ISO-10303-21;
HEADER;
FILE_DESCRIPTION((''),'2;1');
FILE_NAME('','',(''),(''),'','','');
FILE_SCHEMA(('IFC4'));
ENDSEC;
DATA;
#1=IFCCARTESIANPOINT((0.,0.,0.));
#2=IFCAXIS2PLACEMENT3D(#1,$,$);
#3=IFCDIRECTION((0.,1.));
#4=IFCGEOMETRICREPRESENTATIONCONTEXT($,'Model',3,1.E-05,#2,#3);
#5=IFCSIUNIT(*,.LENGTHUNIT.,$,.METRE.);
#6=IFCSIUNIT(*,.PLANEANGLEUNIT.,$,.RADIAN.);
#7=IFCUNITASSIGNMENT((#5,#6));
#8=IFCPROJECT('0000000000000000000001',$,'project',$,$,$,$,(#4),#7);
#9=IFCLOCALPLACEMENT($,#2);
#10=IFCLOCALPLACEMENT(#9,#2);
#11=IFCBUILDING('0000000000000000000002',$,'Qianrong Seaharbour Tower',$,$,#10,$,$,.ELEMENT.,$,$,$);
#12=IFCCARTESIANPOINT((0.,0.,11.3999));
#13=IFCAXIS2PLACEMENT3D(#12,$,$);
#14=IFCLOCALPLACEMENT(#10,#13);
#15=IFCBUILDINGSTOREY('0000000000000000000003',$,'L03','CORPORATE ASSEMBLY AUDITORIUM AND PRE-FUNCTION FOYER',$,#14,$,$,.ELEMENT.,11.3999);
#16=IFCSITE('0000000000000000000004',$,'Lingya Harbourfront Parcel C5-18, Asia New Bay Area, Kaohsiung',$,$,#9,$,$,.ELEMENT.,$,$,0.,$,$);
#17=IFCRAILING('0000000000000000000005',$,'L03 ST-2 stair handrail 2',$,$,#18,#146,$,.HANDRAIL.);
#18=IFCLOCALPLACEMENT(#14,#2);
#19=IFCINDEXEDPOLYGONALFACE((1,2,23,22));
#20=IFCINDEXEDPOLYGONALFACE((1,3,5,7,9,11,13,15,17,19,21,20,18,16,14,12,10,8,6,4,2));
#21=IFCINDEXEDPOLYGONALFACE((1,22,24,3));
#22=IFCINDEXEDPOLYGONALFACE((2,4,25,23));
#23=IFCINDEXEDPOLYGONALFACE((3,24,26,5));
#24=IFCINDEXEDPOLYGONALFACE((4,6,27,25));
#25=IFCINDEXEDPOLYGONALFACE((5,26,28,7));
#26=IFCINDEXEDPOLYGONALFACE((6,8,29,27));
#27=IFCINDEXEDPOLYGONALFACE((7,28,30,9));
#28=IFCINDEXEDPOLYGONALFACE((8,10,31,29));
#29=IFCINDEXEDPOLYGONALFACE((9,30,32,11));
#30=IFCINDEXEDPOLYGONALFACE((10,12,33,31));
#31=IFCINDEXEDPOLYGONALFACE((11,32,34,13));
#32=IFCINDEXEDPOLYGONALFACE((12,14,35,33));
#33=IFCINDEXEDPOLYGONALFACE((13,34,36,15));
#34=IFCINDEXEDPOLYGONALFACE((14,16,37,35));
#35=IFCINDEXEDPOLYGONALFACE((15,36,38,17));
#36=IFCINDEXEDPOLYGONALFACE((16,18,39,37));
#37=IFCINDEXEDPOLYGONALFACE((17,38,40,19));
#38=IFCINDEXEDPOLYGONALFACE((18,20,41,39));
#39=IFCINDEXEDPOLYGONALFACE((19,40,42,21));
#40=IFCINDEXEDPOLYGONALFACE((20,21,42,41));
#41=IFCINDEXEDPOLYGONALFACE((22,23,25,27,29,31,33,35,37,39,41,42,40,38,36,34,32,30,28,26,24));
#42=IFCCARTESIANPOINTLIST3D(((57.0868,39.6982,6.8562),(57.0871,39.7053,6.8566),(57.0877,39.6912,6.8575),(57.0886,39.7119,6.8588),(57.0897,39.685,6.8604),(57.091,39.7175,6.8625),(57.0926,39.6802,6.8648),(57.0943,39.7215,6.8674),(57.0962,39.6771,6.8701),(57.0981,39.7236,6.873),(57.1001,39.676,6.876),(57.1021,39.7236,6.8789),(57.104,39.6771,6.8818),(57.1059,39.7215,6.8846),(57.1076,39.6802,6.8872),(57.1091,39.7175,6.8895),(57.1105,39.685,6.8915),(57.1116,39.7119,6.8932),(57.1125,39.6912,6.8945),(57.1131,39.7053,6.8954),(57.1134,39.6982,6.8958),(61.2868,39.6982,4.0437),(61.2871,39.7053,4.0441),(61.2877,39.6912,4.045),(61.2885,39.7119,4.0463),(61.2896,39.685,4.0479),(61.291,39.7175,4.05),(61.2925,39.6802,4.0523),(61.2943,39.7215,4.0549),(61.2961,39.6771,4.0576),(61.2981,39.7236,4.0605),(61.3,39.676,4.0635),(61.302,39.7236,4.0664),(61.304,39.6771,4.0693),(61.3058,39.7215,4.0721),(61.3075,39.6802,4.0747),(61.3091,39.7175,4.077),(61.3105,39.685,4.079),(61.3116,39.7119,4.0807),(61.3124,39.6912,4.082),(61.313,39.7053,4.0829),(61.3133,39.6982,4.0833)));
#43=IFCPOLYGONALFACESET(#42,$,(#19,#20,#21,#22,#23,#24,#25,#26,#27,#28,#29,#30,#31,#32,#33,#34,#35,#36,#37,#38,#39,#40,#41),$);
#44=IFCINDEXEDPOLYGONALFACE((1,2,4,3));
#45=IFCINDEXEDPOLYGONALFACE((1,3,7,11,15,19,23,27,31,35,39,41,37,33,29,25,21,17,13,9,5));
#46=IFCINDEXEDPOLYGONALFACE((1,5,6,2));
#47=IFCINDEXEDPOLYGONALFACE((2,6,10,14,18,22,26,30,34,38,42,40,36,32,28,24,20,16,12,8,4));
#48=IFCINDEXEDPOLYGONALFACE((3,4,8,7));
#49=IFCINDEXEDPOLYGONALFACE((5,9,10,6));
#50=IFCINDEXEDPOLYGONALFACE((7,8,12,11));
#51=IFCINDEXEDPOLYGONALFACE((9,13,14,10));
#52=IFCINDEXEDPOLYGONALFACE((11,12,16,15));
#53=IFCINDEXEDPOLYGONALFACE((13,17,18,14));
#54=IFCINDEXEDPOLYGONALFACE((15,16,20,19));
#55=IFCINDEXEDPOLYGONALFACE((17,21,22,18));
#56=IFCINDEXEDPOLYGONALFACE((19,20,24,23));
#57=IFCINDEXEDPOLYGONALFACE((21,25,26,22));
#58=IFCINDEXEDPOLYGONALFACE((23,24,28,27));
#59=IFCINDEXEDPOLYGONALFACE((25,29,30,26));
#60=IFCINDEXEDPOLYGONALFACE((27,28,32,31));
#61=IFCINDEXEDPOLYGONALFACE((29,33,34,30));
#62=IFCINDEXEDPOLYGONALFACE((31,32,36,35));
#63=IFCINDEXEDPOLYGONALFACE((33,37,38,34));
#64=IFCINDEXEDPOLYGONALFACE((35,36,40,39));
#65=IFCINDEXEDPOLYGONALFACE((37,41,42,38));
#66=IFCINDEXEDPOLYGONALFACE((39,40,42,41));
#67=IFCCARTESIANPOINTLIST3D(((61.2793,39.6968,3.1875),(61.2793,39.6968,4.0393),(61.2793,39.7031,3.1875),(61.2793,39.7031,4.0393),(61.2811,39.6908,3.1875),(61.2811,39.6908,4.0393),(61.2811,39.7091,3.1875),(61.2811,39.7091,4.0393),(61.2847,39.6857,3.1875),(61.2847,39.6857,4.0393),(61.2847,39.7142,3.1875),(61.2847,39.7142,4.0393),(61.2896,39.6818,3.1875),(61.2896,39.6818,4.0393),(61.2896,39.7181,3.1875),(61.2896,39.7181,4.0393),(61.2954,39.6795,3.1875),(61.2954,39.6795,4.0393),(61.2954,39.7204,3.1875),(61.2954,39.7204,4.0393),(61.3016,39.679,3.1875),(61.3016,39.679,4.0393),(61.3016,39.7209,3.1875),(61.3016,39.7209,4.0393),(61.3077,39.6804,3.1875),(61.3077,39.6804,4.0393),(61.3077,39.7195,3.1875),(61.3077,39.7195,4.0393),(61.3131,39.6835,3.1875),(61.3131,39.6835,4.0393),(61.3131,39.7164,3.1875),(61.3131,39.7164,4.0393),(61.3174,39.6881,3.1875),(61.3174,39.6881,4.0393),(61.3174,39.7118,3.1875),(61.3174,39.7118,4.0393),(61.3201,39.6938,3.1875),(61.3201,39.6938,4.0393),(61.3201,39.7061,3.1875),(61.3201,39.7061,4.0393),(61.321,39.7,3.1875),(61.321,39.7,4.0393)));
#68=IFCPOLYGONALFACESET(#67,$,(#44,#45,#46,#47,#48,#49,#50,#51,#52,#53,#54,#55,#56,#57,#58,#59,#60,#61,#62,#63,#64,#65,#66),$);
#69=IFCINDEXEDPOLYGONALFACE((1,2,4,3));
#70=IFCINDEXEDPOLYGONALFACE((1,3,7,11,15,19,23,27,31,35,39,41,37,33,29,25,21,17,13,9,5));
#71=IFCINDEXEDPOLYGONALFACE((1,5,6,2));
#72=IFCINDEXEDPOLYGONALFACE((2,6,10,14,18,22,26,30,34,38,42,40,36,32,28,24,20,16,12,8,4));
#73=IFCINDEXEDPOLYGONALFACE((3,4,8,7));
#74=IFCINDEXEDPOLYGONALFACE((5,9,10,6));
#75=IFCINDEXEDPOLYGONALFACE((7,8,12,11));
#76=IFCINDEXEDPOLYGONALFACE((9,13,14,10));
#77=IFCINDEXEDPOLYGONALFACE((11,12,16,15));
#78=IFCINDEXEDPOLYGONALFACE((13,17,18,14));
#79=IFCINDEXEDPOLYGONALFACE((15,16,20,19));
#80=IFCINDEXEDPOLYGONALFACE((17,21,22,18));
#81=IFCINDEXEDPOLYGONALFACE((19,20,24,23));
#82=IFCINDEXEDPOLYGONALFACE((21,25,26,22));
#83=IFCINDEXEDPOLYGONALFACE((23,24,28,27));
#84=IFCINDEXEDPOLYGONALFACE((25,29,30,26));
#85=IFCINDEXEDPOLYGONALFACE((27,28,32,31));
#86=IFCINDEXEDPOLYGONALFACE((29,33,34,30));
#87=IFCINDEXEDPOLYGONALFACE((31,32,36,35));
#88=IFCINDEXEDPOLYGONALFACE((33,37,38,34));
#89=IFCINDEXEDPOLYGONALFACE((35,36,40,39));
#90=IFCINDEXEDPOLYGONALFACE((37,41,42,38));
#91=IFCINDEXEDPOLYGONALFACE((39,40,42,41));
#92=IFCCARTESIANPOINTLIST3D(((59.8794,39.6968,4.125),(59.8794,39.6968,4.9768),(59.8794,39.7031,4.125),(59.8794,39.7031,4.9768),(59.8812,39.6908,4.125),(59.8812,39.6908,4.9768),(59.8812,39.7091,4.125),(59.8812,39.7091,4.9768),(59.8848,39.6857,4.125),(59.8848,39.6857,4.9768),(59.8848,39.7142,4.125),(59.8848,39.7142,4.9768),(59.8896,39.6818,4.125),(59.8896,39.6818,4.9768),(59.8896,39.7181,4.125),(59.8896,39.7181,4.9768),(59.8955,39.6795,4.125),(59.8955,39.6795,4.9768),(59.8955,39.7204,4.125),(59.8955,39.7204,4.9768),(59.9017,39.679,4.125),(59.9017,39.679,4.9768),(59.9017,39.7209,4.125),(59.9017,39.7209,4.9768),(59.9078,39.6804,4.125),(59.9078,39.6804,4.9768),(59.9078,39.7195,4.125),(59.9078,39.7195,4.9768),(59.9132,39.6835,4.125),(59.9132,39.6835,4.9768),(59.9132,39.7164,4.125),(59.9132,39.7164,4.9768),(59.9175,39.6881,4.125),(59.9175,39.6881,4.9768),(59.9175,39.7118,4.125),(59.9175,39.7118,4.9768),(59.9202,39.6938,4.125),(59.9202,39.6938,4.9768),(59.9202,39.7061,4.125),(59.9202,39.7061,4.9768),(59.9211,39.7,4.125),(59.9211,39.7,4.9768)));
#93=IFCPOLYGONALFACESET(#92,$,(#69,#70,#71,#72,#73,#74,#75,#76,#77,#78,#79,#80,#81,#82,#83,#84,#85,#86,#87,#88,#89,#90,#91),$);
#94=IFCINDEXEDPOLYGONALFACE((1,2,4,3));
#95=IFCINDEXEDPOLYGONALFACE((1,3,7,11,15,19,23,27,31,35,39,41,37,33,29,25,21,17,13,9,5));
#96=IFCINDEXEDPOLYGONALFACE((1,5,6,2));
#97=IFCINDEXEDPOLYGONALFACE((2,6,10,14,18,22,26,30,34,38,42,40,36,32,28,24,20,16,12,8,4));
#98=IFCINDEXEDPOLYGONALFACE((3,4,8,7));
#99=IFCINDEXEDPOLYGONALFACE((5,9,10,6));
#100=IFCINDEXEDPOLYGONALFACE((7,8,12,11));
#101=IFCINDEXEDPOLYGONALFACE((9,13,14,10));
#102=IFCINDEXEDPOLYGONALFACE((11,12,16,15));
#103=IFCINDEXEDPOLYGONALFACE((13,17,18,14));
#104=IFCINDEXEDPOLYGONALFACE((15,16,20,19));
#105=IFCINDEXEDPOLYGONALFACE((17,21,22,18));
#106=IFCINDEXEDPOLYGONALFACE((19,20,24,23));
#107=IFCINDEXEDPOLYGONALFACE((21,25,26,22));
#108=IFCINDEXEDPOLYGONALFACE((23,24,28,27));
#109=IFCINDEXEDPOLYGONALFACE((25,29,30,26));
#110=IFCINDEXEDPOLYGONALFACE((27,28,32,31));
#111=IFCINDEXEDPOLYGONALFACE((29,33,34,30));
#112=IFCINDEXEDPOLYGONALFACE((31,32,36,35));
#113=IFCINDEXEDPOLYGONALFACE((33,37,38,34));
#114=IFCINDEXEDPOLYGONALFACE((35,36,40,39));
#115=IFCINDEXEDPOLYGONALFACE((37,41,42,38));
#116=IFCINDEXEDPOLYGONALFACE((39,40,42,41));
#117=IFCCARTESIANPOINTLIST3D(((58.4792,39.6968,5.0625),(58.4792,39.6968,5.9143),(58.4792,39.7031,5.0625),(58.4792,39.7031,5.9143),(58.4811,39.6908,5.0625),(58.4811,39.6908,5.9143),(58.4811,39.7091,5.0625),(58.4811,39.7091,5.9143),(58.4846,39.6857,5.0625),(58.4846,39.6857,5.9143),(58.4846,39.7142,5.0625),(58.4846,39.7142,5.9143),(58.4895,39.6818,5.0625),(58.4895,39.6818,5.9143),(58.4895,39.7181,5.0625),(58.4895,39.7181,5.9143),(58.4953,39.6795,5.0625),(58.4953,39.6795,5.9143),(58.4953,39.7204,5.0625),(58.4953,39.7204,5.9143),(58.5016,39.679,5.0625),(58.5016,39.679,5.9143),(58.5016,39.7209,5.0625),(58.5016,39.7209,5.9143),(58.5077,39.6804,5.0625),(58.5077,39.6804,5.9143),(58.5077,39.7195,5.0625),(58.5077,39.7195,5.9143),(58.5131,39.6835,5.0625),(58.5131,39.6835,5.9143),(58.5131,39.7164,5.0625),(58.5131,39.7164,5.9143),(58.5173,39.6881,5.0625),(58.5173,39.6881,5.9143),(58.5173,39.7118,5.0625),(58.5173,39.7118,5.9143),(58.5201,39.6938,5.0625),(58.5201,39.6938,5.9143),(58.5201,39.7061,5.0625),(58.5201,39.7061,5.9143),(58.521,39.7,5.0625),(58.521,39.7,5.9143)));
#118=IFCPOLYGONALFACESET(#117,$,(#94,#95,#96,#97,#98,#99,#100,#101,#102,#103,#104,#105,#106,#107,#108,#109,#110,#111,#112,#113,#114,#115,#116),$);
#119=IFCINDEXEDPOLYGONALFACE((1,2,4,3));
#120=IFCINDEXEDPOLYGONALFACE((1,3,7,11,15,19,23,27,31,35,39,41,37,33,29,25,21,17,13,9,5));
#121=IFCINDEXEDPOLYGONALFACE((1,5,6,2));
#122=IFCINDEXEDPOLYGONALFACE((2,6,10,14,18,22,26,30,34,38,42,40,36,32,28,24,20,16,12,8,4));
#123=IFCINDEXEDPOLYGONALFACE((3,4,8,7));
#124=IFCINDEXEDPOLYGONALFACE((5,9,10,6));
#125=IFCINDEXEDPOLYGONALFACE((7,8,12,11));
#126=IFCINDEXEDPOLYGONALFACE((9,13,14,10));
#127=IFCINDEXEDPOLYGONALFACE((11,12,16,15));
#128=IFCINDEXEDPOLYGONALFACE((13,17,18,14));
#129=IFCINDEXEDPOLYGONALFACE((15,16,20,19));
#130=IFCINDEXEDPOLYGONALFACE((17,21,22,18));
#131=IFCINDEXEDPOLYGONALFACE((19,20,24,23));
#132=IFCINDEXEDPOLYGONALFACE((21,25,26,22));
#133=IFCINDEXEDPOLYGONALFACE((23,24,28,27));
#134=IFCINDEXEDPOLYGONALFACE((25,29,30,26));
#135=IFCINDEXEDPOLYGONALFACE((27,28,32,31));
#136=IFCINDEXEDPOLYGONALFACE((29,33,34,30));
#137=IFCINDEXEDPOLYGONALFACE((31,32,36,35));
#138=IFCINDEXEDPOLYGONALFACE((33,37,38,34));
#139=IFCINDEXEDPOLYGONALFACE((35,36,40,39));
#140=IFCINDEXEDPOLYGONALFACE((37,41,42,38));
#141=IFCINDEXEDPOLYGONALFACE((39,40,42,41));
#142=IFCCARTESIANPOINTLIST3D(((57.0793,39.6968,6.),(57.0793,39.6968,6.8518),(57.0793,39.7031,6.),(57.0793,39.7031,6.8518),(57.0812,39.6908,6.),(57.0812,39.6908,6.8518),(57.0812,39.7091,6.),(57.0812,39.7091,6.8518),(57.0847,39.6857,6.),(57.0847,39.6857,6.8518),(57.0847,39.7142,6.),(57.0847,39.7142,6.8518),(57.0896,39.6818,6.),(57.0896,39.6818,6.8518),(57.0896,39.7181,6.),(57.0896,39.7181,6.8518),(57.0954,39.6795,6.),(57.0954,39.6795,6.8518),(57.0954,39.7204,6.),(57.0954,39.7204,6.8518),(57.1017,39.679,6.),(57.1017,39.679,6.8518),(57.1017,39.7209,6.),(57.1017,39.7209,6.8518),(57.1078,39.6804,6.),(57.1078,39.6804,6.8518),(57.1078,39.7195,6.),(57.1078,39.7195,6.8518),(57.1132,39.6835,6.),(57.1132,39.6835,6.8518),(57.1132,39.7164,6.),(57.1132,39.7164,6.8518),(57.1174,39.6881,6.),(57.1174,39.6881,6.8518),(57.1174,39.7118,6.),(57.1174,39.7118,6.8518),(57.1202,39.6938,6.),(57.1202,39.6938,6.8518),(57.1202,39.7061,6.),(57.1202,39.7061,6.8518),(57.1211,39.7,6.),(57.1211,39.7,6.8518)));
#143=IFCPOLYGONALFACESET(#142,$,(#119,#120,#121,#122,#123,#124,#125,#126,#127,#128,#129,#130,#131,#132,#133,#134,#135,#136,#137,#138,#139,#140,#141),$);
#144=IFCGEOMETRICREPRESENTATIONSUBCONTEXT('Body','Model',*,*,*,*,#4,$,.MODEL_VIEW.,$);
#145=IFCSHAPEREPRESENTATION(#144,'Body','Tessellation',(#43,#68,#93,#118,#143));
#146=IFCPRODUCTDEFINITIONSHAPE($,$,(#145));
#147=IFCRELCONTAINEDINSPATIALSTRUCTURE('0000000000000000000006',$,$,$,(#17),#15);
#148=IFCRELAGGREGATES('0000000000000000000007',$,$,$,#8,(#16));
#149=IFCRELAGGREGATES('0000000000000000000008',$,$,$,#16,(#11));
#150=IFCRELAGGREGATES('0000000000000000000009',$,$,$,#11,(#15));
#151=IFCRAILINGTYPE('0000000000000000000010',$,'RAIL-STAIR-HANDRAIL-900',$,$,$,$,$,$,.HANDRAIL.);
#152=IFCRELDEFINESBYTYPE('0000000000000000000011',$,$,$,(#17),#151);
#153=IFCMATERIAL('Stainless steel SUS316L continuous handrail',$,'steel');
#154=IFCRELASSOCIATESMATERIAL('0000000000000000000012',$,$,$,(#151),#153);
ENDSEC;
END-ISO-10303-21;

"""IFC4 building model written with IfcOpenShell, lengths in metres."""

from ifc_helpers import new_model, si_unit, direction, frame, origin, origin_2d, place, context, subcontext, project, spatial, circle, extrude, material, type_object, element, save


model = new_model("IFC4")

# Units and contexts
model_context = context("Model", 3, precision=1e-05, world=origin(), true_north=direction((0.0, 1.0)))
body_context = subcontext(model_context, "Body", "Model", "MODEL_VIEW")
ifc_project = project(units=[si_unit("LENGTHUNIT", "METRE"), si_unit("PLANEANGLEUNIT", "RADIAN")], contexts=[model_context])

# Site, building, storey
site_placement = place(None, origin())
site = spatial("IfcSite", under=ifc_project, at=site_placement, Name="Lingya Harbourfront Parcel C5-18, Asia New Bay Area, Kaohsiung", CompositionType="ELEMENT", RefElevation=0.0)
building_placement = place(site_placement, origin())
building = spatial("IfcBuilding", under=site, at=building_placement, Name="Qianrong Seaharbour Tower", CompositionType="ELEMENT")
storey_placement = place(building_placement, frame((0.0, 0.0, 11.3999)))
storey = spatial("IfcBuildingStorey", under=building, at=storey_placement, Name="L03", Description="CORPORATE ASSEMBLY AUDITORIUM AND PRE-FUNCTION FOYER", CompositionType="ELEMENT", Elevation=11.3999)

# Railing
ifc_material_1 = material(Name="Stainless steel SUS316L continuous handrail", Category="steel")
railing_type_1 = type_object("IfcRailingType", Name="RAIL-STAIR-HANDRAIL-900", PredefinedType="HANDRAIL", material=ifc_material_1)
railing_1_placement = place(storey_placement, frame((61.3, 39.7, 3.1875)))
element("IfcRailing", 1, at=railing_1_placement, inside=storey, type_object=railing_type_1, Name="L03 ST-2 stair handrail 2", PredefinedType="HANDRAIL", context=body_context, shape_type="SweptSolid", body=[
    extrude(circle(Radius=0.0239, at=origin_2d()), frame((0.0, 0.0, 0.876), z_axis=(-0.830904, 0.0, 0.556416), x_axis=(0.0, -1.0, 0.0)), (0.0, 0.0, 1.0), 5.0547),
    extrude(circle(Radius=0.021, at=origin_2d()), origin(), (0.0, 0.0, 1.0), 0.8518),
    extrude(circle(Radius=0.021, at=origin_2d()), frame((-1.3999, 0.0, 0.9375)), (0.0, 0.0, 1.0), 0.8518),
    extrude(circle(Radius=0.021, at=origin_2d()), frame((-2.8, 0.0, 1.875)), (0.0, 0.0, 1.0), 0.8518),
    extrude(circle(Radius=0.021, at=origin_2d()), frame((-4.2, 0.0, 2.8125)), (0.0, 0.0, 1.0), 0.8518),
])

save(model, "model.ifc")
